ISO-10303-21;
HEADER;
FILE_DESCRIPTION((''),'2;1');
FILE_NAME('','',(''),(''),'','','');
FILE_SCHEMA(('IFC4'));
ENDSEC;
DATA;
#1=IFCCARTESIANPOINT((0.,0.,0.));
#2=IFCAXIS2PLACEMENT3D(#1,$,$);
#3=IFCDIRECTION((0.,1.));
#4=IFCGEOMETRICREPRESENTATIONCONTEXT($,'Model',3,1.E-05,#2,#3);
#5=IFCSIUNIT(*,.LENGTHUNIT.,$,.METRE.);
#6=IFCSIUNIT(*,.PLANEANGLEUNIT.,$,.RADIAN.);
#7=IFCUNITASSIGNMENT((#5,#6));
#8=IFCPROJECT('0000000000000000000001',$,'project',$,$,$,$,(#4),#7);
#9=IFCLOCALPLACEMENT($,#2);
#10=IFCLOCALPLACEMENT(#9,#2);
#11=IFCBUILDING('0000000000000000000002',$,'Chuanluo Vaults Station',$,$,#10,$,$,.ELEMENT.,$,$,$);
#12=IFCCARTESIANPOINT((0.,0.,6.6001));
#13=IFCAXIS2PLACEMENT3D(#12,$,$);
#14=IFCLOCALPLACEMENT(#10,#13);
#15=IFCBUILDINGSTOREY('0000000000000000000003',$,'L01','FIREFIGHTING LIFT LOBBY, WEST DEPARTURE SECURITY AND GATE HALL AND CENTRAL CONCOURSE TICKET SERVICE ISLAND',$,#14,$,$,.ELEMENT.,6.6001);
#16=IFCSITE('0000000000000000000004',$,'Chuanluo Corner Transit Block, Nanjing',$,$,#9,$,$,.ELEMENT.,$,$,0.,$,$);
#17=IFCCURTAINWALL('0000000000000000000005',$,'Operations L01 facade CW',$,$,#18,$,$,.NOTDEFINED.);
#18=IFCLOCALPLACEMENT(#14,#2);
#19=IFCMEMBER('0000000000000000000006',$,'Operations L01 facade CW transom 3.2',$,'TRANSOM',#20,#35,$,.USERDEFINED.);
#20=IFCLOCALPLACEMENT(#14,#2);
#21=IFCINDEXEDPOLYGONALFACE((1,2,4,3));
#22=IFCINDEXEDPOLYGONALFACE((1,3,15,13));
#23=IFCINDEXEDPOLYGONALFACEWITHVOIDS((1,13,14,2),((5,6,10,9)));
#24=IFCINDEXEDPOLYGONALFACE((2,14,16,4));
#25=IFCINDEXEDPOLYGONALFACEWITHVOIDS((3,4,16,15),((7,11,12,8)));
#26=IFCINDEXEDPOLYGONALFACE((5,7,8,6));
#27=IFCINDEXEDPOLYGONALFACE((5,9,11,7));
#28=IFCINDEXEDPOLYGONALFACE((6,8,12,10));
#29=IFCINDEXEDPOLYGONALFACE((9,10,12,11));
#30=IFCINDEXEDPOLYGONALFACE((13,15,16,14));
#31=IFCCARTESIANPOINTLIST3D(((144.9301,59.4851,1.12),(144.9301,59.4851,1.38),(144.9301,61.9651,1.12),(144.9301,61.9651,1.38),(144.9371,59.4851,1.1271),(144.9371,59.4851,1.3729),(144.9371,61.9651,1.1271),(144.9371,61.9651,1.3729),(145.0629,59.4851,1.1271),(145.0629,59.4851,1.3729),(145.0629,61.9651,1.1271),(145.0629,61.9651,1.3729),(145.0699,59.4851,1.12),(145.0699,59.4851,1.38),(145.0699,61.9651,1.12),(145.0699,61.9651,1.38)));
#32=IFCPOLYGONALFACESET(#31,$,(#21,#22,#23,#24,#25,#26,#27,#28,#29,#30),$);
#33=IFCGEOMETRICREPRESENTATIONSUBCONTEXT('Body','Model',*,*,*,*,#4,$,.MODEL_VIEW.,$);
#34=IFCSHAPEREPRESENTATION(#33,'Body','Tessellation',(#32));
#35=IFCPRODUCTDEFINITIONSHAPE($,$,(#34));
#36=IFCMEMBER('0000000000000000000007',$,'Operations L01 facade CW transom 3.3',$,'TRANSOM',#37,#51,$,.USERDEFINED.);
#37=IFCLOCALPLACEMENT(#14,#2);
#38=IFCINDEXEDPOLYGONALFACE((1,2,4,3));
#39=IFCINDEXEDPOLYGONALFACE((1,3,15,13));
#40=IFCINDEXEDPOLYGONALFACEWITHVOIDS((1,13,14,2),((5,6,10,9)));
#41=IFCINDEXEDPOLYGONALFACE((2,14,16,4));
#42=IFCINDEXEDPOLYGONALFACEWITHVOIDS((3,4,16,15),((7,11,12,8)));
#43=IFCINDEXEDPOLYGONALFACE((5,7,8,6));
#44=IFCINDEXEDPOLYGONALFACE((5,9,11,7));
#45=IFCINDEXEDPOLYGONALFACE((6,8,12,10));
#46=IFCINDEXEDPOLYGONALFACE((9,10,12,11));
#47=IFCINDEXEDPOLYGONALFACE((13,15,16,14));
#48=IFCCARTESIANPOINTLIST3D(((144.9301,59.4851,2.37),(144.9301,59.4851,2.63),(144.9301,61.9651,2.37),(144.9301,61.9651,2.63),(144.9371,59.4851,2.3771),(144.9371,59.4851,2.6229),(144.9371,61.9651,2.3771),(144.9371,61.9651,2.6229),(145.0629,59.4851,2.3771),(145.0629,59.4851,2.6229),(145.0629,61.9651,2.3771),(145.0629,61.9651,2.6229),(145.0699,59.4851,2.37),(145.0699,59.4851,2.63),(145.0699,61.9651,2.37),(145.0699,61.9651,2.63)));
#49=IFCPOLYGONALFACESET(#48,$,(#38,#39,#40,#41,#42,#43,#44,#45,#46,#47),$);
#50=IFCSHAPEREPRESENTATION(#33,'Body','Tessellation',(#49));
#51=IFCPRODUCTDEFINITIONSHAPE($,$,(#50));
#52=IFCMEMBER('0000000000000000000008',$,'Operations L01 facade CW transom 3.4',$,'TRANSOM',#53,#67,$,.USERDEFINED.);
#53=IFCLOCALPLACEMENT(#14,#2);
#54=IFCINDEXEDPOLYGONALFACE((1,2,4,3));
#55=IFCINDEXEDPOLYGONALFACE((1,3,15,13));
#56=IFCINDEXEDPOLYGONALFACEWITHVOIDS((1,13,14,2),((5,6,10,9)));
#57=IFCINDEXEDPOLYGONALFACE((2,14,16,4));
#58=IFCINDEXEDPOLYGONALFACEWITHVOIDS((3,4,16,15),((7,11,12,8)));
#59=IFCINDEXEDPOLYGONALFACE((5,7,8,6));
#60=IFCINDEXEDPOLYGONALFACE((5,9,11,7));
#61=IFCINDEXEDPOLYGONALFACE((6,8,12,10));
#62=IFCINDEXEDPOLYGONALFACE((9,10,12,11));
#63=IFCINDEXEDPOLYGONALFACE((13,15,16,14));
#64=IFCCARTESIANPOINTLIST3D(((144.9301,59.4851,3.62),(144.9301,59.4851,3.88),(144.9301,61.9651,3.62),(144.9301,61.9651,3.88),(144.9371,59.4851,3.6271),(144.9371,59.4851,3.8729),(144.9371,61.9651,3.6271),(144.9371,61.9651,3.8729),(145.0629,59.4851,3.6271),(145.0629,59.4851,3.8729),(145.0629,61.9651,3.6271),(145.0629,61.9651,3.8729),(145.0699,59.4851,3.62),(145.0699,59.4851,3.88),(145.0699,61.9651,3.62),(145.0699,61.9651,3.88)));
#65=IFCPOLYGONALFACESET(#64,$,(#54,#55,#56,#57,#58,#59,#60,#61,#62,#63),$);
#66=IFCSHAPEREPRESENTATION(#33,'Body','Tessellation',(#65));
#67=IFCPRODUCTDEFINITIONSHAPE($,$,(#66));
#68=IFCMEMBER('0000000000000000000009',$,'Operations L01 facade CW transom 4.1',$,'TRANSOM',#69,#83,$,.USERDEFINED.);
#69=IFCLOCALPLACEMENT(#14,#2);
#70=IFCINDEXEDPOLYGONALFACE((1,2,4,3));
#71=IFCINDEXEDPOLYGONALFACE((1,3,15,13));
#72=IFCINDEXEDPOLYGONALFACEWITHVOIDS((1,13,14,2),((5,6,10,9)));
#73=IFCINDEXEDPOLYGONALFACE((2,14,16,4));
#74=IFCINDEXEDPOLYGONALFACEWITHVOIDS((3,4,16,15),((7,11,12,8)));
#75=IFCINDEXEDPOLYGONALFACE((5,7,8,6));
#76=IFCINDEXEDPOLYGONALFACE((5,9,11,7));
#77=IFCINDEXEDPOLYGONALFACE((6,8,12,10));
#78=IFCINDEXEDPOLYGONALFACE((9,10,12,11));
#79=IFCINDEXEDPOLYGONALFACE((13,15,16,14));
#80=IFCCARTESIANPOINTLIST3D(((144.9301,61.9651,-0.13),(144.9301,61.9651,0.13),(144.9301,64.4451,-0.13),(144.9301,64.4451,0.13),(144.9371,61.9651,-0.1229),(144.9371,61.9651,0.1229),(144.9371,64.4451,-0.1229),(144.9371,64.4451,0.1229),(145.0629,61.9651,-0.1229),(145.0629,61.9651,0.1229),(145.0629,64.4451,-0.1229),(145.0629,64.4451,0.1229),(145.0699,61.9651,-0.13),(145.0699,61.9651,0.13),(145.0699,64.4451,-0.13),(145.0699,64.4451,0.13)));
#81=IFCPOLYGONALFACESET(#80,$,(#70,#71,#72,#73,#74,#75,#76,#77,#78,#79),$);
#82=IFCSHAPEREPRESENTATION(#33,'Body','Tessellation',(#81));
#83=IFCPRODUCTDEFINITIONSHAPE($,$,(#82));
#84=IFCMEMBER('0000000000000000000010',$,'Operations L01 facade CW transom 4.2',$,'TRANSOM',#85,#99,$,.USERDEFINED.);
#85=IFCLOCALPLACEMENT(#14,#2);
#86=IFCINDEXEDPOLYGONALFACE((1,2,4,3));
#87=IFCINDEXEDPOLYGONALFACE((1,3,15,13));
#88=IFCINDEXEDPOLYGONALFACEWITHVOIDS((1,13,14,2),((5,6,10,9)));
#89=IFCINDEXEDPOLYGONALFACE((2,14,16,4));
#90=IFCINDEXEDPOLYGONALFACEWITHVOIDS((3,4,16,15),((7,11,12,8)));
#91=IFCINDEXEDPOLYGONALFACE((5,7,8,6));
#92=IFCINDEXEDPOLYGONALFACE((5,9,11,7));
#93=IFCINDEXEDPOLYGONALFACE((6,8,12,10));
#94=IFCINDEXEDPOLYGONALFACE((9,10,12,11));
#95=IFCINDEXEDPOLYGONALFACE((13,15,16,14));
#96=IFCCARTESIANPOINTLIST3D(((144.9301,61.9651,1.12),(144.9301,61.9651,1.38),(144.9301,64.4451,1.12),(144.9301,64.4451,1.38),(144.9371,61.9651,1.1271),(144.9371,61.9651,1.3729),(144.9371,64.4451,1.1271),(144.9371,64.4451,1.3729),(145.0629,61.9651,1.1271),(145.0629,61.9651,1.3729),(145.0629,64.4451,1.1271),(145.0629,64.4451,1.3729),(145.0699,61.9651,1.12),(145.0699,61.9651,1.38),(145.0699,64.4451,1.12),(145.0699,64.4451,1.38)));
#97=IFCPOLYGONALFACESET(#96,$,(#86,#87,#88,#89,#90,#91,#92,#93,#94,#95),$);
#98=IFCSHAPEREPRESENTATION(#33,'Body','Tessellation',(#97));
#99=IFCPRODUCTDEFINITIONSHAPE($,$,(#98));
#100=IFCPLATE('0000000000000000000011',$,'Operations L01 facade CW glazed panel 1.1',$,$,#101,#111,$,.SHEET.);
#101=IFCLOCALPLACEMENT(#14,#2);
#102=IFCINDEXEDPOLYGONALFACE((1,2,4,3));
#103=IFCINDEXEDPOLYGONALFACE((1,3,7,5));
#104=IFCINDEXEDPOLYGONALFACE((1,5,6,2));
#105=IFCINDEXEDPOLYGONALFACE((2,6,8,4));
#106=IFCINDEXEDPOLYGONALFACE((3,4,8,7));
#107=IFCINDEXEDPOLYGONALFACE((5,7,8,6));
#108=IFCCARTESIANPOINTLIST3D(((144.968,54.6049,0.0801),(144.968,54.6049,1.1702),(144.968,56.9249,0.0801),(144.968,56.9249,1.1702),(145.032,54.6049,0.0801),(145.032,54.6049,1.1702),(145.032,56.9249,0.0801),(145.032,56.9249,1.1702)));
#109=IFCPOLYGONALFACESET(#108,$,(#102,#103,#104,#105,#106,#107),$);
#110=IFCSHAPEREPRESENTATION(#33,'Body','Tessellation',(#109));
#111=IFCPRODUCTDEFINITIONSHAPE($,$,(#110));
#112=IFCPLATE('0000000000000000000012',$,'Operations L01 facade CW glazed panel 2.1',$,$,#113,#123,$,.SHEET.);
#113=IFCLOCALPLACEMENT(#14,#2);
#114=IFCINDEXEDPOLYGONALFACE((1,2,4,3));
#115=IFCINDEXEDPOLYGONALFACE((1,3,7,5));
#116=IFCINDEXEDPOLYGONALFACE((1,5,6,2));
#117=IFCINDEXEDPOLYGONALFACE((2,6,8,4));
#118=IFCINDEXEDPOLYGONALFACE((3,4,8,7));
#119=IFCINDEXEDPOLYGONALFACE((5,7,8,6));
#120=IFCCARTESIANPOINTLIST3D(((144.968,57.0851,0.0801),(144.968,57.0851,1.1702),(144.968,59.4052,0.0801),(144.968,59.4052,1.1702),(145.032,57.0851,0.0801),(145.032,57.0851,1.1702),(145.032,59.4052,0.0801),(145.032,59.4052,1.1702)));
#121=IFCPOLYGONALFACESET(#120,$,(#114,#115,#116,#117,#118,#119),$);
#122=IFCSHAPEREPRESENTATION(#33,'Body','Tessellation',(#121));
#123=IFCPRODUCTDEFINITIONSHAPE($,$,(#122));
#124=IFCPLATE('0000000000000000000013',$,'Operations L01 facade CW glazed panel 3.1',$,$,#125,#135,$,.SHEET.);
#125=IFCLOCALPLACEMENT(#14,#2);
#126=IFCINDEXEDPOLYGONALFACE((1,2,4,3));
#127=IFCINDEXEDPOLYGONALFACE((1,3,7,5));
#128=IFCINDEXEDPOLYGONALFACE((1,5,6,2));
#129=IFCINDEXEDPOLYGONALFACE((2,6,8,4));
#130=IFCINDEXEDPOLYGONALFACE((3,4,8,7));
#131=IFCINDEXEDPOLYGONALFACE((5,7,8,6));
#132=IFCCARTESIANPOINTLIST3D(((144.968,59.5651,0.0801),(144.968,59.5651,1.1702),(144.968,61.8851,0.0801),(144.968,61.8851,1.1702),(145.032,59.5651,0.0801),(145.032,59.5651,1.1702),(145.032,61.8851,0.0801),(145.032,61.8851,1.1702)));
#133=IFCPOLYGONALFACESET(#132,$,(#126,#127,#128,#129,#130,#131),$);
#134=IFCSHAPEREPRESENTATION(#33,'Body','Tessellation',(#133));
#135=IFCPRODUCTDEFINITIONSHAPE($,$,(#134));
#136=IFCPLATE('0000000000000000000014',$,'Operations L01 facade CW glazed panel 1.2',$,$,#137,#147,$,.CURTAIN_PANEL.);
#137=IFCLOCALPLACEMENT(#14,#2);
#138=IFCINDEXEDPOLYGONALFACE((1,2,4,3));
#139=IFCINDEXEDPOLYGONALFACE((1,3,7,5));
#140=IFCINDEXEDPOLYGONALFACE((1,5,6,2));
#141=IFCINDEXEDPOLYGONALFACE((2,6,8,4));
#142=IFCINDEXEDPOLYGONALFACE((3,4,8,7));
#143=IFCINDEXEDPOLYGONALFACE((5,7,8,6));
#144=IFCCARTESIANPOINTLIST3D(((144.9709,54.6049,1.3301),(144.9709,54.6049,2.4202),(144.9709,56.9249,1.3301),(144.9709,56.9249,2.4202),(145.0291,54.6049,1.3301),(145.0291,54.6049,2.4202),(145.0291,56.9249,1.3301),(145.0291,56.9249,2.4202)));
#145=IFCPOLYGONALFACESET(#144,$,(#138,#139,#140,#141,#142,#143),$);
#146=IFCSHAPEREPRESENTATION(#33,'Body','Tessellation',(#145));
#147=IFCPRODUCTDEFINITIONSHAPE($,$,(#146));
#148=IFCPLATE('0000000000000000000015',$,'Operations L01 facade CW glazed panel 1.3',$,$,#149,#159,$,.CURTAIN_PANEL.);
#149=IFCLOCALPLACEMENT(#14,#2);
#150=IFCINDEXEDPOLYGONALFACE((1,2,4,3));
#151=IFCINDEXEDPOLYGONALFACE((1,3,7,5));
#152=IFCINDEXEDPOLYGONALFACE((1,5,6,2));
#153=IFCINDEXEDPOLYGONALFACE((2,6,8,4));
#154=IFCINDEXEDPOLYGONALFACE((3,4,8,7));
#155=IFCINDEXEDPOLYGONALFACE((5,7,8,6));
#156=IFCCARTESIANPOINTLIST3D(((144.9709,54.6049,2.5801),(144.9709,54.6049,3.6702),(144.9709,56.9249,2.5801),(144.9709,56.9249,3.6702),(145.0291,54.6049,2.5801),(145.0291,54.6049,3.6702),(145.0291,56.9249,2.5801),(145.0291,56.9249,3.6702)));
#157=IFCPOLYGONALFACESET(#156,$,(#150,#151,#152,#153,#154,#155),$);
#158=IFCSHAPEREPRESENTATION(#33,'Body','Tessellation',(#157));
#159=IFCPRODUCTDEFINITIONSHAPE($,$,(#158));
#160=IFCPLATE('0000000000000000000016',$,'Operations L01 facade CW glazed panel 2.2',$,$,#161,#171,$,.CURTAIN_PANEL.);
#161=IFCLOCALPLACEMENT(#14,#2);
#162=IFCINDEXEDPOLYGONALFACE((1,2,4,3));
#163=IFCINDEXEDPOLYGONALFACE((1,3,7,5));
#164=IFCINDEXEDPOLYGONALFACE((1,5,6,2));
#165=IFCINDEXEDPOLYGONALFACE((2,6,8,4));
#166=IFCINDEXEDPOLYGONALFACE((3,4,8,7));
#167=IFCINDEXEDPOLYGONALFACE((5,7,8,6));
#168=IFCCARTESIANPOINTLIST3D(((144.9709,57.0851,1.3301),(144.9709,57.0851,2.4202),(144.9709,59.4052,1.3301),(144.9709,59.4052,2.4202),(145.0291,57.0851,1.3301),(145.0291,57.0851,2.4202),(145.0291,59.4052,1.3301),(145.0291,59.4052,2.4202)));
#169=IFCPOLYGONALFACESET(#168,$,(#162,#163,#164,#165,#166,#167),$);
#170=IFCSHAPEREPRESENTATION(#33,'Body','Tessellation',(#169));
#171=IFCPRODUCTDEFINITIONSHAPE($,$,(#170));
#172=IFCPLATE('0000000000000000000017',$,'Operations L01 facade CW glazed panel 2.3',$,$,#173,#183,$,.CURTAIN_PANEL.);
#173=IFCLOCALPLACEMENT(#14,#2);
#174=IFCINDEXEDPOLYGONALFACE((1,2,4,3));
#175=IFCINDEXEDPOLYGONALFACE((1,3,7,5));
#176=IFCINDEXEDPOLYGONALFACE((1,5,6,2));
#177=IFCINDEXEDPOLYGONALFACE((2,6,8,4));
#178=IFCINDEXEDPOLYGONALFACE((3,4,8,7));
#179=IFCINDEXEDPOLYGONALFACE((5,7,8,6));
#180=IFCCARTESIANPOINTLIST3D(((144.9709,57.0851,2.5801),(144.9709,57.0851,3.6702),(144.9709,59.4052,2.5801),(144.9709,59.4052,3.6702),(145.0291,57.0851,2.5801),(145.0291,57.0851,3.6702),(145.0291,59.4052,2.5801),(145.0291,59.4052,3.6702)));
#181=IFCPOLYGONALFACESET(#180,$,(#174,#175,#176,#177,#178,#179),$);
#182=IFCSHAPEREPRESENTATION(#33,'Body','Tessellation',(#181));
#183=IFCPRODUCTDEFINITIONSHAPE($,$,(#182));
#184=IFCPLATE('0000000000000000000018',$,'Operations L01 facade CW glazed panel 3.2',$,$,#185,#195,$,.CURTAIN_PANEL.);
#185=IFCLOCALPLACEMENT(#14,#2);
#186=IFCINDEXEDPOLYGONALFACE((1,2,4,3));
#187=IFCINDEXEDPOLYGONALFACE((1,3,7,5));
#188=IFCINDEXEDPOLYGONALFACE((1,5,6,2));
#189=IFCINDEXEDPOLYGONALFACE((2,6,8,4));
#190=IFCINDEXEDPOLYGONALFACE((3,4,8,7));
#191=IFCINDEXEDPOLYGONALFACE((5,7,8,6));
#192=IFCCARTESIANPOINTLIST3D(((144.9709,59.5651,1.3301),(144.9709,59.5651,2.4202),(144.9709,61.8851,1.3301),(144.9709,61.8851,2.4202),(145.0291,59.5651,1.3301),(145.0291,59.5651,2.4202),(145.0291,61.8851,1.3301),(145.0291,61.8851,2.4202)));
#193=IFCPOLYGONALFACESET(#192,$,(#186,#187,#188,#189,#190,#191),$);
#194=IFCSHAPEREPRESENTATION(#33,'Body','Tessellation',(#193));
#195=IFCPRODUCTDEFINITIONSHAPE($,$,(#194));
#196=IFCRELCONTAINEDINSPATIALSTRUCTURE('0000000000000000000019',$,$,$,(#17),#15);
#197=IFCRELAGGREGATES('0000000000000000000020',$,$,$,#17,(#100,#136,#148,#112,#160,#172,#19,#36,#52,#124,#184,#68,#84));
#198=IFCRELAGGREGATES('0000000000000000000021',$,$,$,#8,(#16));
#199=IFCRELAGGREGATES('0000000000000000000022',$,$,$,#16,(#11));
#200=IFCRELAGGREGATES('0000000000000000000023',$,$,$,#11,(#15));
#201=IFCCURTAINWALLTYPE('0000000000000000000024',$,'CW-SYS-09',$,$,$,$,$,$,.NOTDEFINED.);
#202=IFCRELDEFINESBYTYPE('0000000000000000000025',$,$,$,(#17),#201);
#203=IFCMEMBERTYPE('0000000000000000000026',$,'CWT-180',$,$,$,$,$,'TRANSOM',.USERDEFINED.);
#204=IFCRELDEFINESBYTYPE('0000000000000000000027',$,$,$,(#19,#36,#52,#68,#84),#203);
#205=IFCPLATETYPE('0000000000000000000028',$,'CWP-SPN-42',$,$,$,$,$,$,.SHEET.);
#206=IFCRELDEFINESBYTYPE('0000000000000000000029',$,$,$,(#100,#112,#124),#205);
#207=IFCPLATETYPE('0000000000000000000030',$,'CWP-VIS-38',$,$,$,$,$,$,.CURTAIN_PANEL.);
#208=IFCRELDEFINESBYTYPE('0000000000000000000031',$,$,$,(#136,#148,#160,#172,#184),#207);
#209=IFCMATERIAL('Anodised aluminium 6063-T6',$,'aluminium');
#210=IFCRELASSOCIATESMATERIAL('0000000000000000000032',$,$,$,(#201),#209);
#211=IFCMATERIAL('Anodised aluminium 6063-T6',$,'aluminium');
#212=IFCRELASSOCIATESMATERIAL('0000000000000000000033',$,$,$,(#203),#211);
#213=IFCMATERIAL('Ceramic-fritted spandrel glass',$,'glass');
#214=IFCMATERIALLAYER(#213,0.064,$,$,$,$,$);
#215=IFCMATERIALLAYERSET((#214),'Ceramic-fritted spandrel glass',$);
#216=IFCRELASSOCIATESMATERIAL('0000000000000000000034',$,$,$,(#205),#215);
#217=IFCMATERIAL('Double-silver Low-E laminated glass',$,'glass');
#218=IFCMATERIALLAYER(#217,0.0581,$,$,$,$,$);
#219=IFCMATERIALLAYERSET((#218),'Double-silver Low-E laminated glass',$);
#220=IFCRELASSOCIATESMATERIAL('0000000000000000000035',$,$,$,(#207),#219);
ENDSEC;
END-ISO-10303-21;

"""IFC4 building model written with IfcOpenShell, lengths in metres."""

from ifc_helpers import new_model, si_unit, direction, frame, origin, origin_2d, place, context, subcontext, project, spatial, rectangle, hollow_rectangle, extrude, material, layer, layer_set, material_profile, profile_set, type_object, element, aggregate, save


model = new_model("IFC4")

# Units and contexts
model_context = context("Model", 3, precision=1e-05, world=origin(), true_north=direction((0.0, 1.0)))
body_context = subcontext(model_context, "Body", "Model", "MODEL_VIEW")
ifc_project = project(units=[si_unit("LENGTHUNIT", "METRE"), si_unit("PLANEANGLEUNIT", "RADIAN")], contexts=[model_context])

# Site, building, storey
site_placement = place(None, origin())
site = spatial("IfcSite", under=ifc_project, at=site_placement, Name="Chuanluo Corner Transit Block, Nanjing", CompositionType="ELEMENT", RefElevation=0.0)
building_placement = place(site_placement, origin())
building = spatial("IfcBuilding", under=site, at=building_placement, Name="Chuanluo Vaults Station", CompositionType="ELEMENT")
storey_placement = place(building_placement, frame((0.0, 0.0, 6.6001)))
storey = spatial("IfcBuildingStorey", under=building, at=storey_placement, Name="L01", Description="FIREFIGHTING LIFT LOBBY, WEST DEPARTURE SECURITY AND GATE HALL AND CENTRAL CONCOURSE TICKET SERVICE ISLAND", CompositionType="ELEMENT", Elevation=6.6001)

# Curtain wall, members, plates
ifc_material_1 = material(Name="Anodised aluminium 6063-T6", Category="aluminium")
curtain_wall_type = type_object("IfcCurtainWallType", Name="CW-SYS-09", PredefinedType="NOTDEFINED", material=ifc_material_1)
curtain_wall_placement = place(storey_placement, origin())
curtain_wall = element("IfcCurtainWall", 1, at=curtain_wall_placement, inside=storey, type_object=curtain_wall_type, Name="Operations L01 facade CW", PredefinedType="NOTDEFINED")
ifc_material_2 = material(Name="Anodised aluminium 6063-T6", Category="aluminium")
ifc_material_profile_1 = material_profile(ifc_material_2, hollow_rectangle(XDim=0.1399, YDim=0.26, WallThickness=0.0071, at=origin_2d()))
ifc_profile_set_1 = profile_set([ifc_material_profile_1], Name="Anodised aluminium 6063-T6")
member_type_1 = type_object("IfcMemberType", Name="CWT-180", ElementType="TRANSOM", PredefinedType="USERDEFINED", material=ifc_profile_set_1)
member_1_placement = place(storey_placement, frame((145.0, 59.4851, 1.25), z_axis=(0.0, 1.0, 0.0), x_axis=(-1.0, 0.0, 0.0)))
member_1 = element("IfcMember", 2, at=member_1_placement, type_object=member_type_1, Name="Operations L01 facade CW transom 3.2", ObjectType="TRANSOM", PredefinedType="USERDEFINED", context=body_context, shape_type="SweptSolid", body=[
    extrude(hollow_rectangle(XDim=0.1399, YDim=0.26, WallThickness=0.0071, at=origin_2d()), origin(), (0.0, 0.0, 1.0), 2.48),
])
member_2_placement = place(storey_placement, frame((145.0, 59.4851, 2.5), z_axis=(0.0, 1.0, 0.0), x_axis=(-1.0, 0.0, 0.0)))
member_2 = element("IfcMember", 3, at=member_2_placement, type_object=member_type_1, Name="Operations L01 facade CW transom 3.3", ObjectType="TRANSOM", PredefinedType="USERDEFINED", context=body_context, shape_type="SweptSolid", body=[
    extrude(hollow_rectangle(XDim=0.1399, YDim=0.26, WallThickness=0.0071, at=origin_2d()), origin(), (0.0, 0.0, 1.0), 2.48),
])
member_3_placement = place(storey_placement, frame((145.0, 59.4851, 3.75), z_axis=(0.0, 1.0, 0.0), x_axis=(-1.0, 0.0, 0.0)))
member_3 = element("IfcMember", 4, at=member_3_placement, type_object=member_type_1, Name="Operations L01 facade CW transom 3.4", ObjectType="TRANSOM", PredefinedType="USERDEFINED", context=body_context, shape_type="SweptSolid", body=[
    extrude(hollow_rectangle(XDim=0.1399, YDim=0.26, WallThickness=0.0071, at=origin_2d()), origin(), (0.0, 0.0, 1.0), 2.48),
])
member_4_placement = place(storey_placement, frame((145.0, 61.9651, 0.0), z_axis=(0.0, 1.0, 0.0), x_axis=(-1.0, 0.0, 0.0)))
member_4 = element("IfcMember", 5, at=member_4_placement, type_object=member_type_1, Name="Operations L01 facade CW transom 4.1", ObjectType="TRANSOM", PredefinedType="USERDEFINED", context=body_context, shape_type="SweptSolid", body=[
    extrude(hollow_rectangle(XDim=0.1399, YDim=0.26, WallThickness=0.0071, at=origin_2d()), origin(), (0.0, 0.0, 1.0), 2.48),
])
member_5_placement = place(storey_placement, frame((145.0, 61.9651, 1.25), z_axis=(0.0, 1.0, 0.0), x_axis=(-1.0, 0.0, 0.0)))
member_5 = element("IfcMember", 6, at=member_5_placement, type_object=member_type_1, Name="Operations L01 facade CW transom 4.2", ObjectType="TRANSOM", PredefinedType="USERDEFINED", context=body_context, shape_type="SweptSolid", body=[
    extrude(hollow_rectangle(XDim=0.1399, YDim=0.26, WallThickness=0.0071, at=origin_2d()), origin(), (0.0, 0.0, 1.0), 2.48),
])
ifc_material_3 = material(Name="Ceramic-fritted spandrel glass", Category="glass")
ifc_layer_1 = layer(ifc_material_3, 0.064)
ifc_layer_set_1 = layer_set([ifc_layer_1], Name="Ceramic-fritted spandrel glass")
plate_type_1 = type_object("IfcPlateType", Name="CWP-SPN-42", PredefinedType="SHEET", material=ifc_layer_set_1)
plate_1_placement = place(storey_placement, frame((145.0, 55.7649, 0.0801), z_axis=(0.0, 0.0, 1.0), x_axis=(0.0, 1.0, 0.0)))
plate_1 = element("IfcPlate", 7, at=plate_1_placement, type_object=plate_type_1, Name="Operations L01 facade CW glazed panel 1.1", PredefinedType="SHEET", context=body_context, shape_type="SweptSolid", body=[
    extrude(rectangle(XDim=2.3201, YDim=0.064, at=origin_2d()), origin(), (0.0, 0.0, 1.0), 1.0901),
])
plate_2_placement = place(storey_placement, frame((145.0, 58.2451, 0.0801), z_axis=(0.0, 0.0, 1.0), x_axis=(0.0, 1.0, 0.0)))
plate_2 = element("IfcPlate", 8, at=plate_2_placement, type_object=plate_type_1, Name="Operations L01 facade CW glazed panel 2.1", PredefinedType="SHEET", context=body_context, shape_type="SweptSolid", body=[
    extrude(rectangle(XDim=2.3201, YDim=0.064, at=origin_2d()), origin(), (0.0, 0.0, 1.0), 1.0901),
])
plate_3_placement = place(storey_placement, frame((145.0, 60.7251, 0.0801), z_axis=(0.0, 0.0, 1.0), x_axis=(0.0, 1.0, 0.0)))
plate_3 = element("IfcPlate", 9, at=plate_3_placement, type_object=plate_type_1, Name="Operations L01 facade CW glazed panel 3.1", PredefinedType="SHEET", context=body_context, shape_type="SweptSolid", body=[
    extrude(rectangle(XDim=2.3201, YDim=0.064, at=origin_2d()), origin(), (0.0, 0.0, 1.0), 1.0901),
])
ifc_material_4 = material(Name="Double-silver Low-E laminated glass", Category="glass")
ifc_layer_2 = layer(ifc_material_4, 0.0581)
ifc_layer_set_2 = layer_set([ifc_layer_2], Name="Double-silver Low-E laminated glass")
plate_type_2 = type_object("IfcPlateType", Name="CWP-VIS-38", PredefinedType="CURTAIN_PANEL", material=ifc_layer_set_2)
plate_4_placement = place(storey_placement, frame((145.0, 55.7649, 1.3301), z_axis=(0.0, 0.0, 1.0), x_axis=(0.0, 1.0, 0.0)))
plate_4 = element("IfcPlate", 10, at=plate_4_placement, type_object=plate_type_2, Name="Operations L01 facade CW glazed panel 1.2", PredefinedType="CURTAIN_PANEL", context=body_context, shape_type="SweptSolid", body=[
    extrude(rectangle(XDim=2.3201, YDim=0.0581, at=origin_2d()), origin(), (0.0, 0.0, 1.0), 1.0901),
])
plate_5_placement = place(storey_placement, frame((145.0, 55.7649, 2.5801), z_axis=(0.0, 0.0, 1.0), x_axis=(0.0, 1.0, 0.0)))
plate_5 = element("IfcPlate", 11, at=plate_5_placement, type_object=plate_type_2, Name="Operations L01 facade CW glazed panel 1.3", PredefinedType="CURTAIN_PANEL", context=body_context, shape_type="SweptSolid", body=[
    extrude(rectangle(XDim=2.3201, YDim=0.0581, at=origin_2d()), origin(), (0.0, 0.0, 1.0), 1.0901),
])
plate_6_placement = place(storey_placement, frame((145.0, 58.2451, 1.3301), z_axis=(0.0, 0.0, 1.0), x_axis=(0.0, 1.0, 0.0)))
plate_6 = element("IfcPlate", 12, at=plate_6_placement, type_object=plate_type_2, Name="Operations L01 facade CW glazed panel 2.2", PredefinedType="CURTAIN_PANEL", context=body_context, shape_type="SweptSolid", body=[
    extrude(rectangle(XDim=2.3201, YDim=0.0581, at=origin_2d()), origin(), (0.0, 0.0, 1.0), 1.0901),
])
plate_7_placement = place(storey_placement, frame((145.0, 58.2451, 2.5801), z_axis=(0.0, 0.0, 1.0), x_axis=(0.0, 1.0, 0.0)))
plate_7 = element("IfcPlate", 13, at=plate_7_placement, type_object=plate_type_2, Name="Operations L01 facade CW glazed panel 2.3", PredefinedType="CURTAIN_PANEL", context=body_context, shape_type="SweptSolid", body=[
    extrude(rectangle(XDim=2.3201, YDim=0.0581, at=origin_2d()), origin(), (0.0, 0.0, 1.0), 1.0901),
])
plate_8_placement = place(storey_placement, frame((145.0, 60.7251, 1.3301), z_axis=(0.0, 0.0, 1.0), x_axis=(0.0, 1.0, 0.0)))
plate_8 = element("IfcPlate", 14, at=plate_8_placement, type_object=plate_type_2, Name="Operations L01 facade CW glazed panel 3.2", PredefinedType="CURTAIN_PANEL", context=body_context, shape_type="SweptSolid", body=[
    extrude(rectangle(XDim=2.3201, YDim=0.0581, at=origin_2d()), origin(), (0.0, 0.0, 1.0), 1.0901),
])
aggregate(curtain_wall, [plate_1, plate_4, plate_5, plate_2, plate_6, plate_7, member_1, member_2, member_3, plate_3, plate_8, member_4, member_5])

save(model, "model.ifc")
